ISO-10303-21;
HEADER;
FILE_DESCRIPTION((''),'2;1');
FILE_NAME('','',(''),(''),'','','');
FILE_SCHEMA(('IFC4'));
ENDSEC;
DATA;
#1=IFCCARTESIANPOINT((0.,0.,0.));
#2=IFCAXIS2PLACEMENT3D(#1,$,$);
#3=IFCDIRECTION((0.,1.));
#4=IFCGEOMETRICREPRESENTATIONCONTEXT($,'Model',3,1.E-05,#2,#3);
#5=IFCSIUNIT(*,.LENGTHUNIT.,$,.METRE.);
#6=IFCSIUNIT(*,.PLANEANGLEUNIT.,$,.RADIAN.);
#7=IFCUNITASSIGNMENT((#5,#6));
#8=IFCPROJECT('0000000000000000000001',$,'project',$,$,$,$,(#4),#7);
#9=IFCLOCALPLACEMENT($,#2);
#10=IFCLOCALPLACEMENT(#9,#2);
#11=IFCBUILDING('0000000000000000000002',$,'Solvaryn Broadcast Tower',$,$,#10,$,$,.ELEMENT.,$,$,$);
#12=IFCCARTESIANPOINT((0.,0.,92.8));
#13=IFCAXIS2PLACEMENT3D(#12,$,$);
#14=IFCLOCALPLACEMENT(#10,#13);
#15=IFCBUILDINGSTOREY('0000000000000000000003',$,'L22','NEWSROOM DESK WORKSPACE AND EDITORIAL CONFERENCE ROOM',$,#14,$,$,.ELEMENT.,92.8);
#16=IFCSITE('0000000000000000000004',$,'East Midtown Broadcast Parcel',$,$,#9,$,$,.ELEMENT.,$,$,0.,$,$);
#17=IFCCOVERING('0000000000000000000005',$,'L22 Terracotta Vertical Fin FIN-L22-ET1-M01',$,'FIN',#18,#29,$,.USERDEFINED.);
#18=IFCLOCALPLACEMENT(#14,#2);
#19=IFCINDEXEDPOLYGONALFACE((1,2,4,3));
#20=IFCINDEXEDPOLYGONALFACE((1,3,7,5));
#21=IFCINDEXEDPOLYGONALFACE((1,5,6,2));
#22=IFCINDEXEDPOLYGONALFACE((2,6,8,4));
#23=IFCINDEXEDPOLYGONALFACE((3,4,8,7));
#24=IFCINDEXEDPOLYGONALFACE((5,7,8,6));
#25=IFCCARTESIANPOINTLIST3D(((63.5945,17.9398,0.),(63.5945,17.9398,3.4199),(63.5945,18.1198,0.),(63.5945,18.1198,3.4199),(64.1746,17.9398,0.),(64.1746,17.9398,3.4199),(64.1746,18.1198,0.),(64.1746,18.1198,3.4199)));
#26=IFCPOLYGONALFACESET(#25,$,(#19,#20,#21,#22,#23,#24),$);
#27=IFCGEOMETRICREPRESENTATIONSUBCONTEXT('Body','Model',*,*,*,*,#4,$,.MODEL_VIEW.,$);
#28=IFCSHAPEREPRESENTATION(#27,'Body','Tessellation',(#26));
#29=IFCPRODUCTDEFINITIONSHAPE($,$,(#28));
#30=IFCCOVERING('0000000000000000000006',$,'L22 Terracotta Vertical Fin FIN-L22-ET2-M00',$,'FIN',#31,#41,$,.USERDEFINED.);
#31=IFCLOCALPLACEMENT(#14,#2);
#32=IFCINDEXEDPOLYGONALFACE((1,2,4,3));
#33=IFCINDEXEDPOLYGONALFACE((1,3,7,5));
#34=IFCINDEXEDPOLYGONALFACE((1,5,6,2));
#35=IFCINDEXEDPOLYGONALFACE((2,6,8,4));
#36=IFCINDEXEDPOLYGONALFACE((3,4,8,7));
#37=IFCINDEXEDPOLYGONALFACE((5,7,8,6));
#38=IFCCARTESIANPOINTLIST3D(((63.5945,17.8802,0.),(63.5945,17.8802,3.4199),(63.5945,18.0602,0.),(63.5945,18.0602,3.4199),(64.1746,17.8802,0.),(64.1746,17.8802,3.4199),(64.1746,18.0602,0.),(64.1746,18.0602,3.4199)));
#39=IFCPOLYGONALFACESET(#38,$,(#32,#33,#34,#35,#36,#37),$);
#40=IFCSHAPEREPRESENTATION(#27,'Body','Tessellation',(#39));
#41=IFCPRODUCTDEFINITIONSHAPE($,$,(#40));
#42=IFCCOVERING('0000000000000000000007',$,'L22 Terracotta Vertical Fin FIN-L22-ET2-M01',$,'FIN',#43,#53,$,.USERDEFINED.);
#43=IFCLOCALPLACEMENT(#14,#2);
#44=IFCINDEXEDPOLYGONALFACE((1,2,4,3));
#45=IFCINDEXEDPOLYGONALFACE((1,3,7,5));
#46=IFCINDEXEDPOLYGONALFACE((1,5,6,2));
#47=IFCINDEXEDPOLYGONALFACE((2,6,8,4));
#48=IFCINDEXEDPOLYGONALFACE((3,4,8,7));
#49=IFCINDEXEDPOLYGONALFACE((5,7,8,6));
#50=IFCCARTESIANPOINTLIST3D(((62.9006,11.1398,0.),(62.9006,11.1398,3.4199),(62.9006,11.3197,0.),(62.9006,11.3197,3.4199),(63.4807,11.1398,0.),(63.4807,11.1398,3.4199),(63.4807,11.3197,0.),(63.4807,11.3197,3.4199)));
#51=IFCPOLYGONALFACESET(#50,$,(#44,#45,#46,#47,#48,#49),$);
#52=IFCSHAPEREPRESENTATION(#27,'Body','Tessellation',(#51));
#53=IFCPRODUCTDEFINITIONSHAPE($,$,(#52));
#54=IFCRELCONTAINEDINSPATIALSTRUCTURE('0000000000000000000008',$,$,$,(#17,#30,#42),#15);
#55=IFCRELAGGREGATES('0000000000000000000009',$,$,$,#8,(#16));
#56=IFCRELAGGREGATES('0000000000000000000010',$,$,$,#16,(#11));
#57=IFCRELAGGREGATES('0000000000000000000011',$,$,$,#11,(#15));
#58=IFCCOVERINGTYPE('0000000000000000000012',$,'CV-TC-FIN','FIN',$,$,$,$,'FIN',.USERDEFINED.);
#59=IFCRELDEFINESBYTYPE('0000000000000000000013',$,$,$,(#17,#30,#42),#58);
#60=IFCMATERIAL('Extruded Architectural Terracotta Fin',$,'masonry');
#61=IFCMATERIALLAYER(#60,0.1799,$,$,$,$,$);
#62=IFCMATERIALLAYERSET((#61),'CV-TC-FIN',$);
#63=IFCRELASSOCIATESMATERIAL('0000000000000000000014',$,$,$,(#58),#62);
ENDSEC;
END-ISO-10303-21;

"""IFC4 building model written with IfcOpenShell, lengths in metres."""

from ifc_helpers import new_model, si_unit, direction, frame, origin, origin_2d, place, context, subcontext, project, spatial, rectangle, extrude, material, layer, layer_set, type_object, element, save


model = new_model("IFC4")

# Units and contexts
model_context = context("Model", 3, precision=1e-05, world=origin(), true_north=direction((0.0, 1.0)))
body_context = subcontext(model_context, "Body", "Model", "MODEL_VIEW")
ifc_project = project(units=[si_unit("LENGTHUNIT", "METRE"), si_unit("PLANEANGLEUNIT", "RADIAN")], contexts=[model_context])

# Site, building, storey
site_placement = place(None, origin())
site = spatial("IfcSite", under=ifc_project, at=site_placement, Name="East Midtown Broadcast Parcel", CompositionType="ELEMENT", RefElevation=0.0)
building_placement = place(site_placement, origin())
building = spatial("IfcBuilding", under=site, at=building_placement, Name="Solvaryn Broadcast Tower", CompositionType="ELEMENT")
storey_placement = place(building_placement, frame((0.0, 0.0, 92.8)))
storey = spatial("IfcBuildingStorey", under=building, at=storey_placement, Name="L22", Description="NEWSROOM DESK WORKSPACE AND EDITORIAL CONFERENCE ROOM", CompositionType="ELEMENT", Elevation=92.8)

# Coverings
ifc_material_1 = material(Name="Extruded Architectural Terracotta Fin", Category="masonry")
ifc_layer_1 = layer(ifc_material_1, 0.1799)
ifc_layer_set_1 = layer_set([ifc_layer_1], Name="CV-TC-FIN")
covering_type_1 = type_object("IfcCoveringType", Name="CV-TC-FIN", Description="FIN", ElementType="FIN", PredefinedType="USERDEFINED", material=ifc_layer_set_1)
for number, where, z_axis, x_axis, name in (
    (1, (63.8845, 18.0298, 0.0), (0.0, 0.0, 1.0), (1.0, 0.0, 0.0), "L22 Terracotta Vertical Fin FIN-L22-ET1-M01"),
    (2, (63.8845, 17.9702, 0.0), (0.0, 0.0, 1.0), (1.0, 0.0, 0.0), "L22 Terracotta Vertical Fin FIN-L22-ET2-M00"),
    (3, (63.1907, 11.2297, 0.0), (0.0, 0.0, 1.0), (1.0, 0.0, 0.0), "L22 Terracotta Vertical Fin FIN-L22-ET2-M01"),
):
    element("IfcCovering", number, at=place(storey_placement, frame(where, z_axis=z_axis, x_axis=x_axis)), inside=storey, type_object=covering_type_1, Name=name, ObjectType="FIN", PredefinedType="USERDEFINED", context=body_context, shape_type="SweptSolid", body=[
        extrude(rectangle(XDim=0.5801, YDim=0.1799, at=origin_2d()), origin(), (0.0, 0.0, 1.0), 3.4199),
    ])

save(model, "model.ifc")
